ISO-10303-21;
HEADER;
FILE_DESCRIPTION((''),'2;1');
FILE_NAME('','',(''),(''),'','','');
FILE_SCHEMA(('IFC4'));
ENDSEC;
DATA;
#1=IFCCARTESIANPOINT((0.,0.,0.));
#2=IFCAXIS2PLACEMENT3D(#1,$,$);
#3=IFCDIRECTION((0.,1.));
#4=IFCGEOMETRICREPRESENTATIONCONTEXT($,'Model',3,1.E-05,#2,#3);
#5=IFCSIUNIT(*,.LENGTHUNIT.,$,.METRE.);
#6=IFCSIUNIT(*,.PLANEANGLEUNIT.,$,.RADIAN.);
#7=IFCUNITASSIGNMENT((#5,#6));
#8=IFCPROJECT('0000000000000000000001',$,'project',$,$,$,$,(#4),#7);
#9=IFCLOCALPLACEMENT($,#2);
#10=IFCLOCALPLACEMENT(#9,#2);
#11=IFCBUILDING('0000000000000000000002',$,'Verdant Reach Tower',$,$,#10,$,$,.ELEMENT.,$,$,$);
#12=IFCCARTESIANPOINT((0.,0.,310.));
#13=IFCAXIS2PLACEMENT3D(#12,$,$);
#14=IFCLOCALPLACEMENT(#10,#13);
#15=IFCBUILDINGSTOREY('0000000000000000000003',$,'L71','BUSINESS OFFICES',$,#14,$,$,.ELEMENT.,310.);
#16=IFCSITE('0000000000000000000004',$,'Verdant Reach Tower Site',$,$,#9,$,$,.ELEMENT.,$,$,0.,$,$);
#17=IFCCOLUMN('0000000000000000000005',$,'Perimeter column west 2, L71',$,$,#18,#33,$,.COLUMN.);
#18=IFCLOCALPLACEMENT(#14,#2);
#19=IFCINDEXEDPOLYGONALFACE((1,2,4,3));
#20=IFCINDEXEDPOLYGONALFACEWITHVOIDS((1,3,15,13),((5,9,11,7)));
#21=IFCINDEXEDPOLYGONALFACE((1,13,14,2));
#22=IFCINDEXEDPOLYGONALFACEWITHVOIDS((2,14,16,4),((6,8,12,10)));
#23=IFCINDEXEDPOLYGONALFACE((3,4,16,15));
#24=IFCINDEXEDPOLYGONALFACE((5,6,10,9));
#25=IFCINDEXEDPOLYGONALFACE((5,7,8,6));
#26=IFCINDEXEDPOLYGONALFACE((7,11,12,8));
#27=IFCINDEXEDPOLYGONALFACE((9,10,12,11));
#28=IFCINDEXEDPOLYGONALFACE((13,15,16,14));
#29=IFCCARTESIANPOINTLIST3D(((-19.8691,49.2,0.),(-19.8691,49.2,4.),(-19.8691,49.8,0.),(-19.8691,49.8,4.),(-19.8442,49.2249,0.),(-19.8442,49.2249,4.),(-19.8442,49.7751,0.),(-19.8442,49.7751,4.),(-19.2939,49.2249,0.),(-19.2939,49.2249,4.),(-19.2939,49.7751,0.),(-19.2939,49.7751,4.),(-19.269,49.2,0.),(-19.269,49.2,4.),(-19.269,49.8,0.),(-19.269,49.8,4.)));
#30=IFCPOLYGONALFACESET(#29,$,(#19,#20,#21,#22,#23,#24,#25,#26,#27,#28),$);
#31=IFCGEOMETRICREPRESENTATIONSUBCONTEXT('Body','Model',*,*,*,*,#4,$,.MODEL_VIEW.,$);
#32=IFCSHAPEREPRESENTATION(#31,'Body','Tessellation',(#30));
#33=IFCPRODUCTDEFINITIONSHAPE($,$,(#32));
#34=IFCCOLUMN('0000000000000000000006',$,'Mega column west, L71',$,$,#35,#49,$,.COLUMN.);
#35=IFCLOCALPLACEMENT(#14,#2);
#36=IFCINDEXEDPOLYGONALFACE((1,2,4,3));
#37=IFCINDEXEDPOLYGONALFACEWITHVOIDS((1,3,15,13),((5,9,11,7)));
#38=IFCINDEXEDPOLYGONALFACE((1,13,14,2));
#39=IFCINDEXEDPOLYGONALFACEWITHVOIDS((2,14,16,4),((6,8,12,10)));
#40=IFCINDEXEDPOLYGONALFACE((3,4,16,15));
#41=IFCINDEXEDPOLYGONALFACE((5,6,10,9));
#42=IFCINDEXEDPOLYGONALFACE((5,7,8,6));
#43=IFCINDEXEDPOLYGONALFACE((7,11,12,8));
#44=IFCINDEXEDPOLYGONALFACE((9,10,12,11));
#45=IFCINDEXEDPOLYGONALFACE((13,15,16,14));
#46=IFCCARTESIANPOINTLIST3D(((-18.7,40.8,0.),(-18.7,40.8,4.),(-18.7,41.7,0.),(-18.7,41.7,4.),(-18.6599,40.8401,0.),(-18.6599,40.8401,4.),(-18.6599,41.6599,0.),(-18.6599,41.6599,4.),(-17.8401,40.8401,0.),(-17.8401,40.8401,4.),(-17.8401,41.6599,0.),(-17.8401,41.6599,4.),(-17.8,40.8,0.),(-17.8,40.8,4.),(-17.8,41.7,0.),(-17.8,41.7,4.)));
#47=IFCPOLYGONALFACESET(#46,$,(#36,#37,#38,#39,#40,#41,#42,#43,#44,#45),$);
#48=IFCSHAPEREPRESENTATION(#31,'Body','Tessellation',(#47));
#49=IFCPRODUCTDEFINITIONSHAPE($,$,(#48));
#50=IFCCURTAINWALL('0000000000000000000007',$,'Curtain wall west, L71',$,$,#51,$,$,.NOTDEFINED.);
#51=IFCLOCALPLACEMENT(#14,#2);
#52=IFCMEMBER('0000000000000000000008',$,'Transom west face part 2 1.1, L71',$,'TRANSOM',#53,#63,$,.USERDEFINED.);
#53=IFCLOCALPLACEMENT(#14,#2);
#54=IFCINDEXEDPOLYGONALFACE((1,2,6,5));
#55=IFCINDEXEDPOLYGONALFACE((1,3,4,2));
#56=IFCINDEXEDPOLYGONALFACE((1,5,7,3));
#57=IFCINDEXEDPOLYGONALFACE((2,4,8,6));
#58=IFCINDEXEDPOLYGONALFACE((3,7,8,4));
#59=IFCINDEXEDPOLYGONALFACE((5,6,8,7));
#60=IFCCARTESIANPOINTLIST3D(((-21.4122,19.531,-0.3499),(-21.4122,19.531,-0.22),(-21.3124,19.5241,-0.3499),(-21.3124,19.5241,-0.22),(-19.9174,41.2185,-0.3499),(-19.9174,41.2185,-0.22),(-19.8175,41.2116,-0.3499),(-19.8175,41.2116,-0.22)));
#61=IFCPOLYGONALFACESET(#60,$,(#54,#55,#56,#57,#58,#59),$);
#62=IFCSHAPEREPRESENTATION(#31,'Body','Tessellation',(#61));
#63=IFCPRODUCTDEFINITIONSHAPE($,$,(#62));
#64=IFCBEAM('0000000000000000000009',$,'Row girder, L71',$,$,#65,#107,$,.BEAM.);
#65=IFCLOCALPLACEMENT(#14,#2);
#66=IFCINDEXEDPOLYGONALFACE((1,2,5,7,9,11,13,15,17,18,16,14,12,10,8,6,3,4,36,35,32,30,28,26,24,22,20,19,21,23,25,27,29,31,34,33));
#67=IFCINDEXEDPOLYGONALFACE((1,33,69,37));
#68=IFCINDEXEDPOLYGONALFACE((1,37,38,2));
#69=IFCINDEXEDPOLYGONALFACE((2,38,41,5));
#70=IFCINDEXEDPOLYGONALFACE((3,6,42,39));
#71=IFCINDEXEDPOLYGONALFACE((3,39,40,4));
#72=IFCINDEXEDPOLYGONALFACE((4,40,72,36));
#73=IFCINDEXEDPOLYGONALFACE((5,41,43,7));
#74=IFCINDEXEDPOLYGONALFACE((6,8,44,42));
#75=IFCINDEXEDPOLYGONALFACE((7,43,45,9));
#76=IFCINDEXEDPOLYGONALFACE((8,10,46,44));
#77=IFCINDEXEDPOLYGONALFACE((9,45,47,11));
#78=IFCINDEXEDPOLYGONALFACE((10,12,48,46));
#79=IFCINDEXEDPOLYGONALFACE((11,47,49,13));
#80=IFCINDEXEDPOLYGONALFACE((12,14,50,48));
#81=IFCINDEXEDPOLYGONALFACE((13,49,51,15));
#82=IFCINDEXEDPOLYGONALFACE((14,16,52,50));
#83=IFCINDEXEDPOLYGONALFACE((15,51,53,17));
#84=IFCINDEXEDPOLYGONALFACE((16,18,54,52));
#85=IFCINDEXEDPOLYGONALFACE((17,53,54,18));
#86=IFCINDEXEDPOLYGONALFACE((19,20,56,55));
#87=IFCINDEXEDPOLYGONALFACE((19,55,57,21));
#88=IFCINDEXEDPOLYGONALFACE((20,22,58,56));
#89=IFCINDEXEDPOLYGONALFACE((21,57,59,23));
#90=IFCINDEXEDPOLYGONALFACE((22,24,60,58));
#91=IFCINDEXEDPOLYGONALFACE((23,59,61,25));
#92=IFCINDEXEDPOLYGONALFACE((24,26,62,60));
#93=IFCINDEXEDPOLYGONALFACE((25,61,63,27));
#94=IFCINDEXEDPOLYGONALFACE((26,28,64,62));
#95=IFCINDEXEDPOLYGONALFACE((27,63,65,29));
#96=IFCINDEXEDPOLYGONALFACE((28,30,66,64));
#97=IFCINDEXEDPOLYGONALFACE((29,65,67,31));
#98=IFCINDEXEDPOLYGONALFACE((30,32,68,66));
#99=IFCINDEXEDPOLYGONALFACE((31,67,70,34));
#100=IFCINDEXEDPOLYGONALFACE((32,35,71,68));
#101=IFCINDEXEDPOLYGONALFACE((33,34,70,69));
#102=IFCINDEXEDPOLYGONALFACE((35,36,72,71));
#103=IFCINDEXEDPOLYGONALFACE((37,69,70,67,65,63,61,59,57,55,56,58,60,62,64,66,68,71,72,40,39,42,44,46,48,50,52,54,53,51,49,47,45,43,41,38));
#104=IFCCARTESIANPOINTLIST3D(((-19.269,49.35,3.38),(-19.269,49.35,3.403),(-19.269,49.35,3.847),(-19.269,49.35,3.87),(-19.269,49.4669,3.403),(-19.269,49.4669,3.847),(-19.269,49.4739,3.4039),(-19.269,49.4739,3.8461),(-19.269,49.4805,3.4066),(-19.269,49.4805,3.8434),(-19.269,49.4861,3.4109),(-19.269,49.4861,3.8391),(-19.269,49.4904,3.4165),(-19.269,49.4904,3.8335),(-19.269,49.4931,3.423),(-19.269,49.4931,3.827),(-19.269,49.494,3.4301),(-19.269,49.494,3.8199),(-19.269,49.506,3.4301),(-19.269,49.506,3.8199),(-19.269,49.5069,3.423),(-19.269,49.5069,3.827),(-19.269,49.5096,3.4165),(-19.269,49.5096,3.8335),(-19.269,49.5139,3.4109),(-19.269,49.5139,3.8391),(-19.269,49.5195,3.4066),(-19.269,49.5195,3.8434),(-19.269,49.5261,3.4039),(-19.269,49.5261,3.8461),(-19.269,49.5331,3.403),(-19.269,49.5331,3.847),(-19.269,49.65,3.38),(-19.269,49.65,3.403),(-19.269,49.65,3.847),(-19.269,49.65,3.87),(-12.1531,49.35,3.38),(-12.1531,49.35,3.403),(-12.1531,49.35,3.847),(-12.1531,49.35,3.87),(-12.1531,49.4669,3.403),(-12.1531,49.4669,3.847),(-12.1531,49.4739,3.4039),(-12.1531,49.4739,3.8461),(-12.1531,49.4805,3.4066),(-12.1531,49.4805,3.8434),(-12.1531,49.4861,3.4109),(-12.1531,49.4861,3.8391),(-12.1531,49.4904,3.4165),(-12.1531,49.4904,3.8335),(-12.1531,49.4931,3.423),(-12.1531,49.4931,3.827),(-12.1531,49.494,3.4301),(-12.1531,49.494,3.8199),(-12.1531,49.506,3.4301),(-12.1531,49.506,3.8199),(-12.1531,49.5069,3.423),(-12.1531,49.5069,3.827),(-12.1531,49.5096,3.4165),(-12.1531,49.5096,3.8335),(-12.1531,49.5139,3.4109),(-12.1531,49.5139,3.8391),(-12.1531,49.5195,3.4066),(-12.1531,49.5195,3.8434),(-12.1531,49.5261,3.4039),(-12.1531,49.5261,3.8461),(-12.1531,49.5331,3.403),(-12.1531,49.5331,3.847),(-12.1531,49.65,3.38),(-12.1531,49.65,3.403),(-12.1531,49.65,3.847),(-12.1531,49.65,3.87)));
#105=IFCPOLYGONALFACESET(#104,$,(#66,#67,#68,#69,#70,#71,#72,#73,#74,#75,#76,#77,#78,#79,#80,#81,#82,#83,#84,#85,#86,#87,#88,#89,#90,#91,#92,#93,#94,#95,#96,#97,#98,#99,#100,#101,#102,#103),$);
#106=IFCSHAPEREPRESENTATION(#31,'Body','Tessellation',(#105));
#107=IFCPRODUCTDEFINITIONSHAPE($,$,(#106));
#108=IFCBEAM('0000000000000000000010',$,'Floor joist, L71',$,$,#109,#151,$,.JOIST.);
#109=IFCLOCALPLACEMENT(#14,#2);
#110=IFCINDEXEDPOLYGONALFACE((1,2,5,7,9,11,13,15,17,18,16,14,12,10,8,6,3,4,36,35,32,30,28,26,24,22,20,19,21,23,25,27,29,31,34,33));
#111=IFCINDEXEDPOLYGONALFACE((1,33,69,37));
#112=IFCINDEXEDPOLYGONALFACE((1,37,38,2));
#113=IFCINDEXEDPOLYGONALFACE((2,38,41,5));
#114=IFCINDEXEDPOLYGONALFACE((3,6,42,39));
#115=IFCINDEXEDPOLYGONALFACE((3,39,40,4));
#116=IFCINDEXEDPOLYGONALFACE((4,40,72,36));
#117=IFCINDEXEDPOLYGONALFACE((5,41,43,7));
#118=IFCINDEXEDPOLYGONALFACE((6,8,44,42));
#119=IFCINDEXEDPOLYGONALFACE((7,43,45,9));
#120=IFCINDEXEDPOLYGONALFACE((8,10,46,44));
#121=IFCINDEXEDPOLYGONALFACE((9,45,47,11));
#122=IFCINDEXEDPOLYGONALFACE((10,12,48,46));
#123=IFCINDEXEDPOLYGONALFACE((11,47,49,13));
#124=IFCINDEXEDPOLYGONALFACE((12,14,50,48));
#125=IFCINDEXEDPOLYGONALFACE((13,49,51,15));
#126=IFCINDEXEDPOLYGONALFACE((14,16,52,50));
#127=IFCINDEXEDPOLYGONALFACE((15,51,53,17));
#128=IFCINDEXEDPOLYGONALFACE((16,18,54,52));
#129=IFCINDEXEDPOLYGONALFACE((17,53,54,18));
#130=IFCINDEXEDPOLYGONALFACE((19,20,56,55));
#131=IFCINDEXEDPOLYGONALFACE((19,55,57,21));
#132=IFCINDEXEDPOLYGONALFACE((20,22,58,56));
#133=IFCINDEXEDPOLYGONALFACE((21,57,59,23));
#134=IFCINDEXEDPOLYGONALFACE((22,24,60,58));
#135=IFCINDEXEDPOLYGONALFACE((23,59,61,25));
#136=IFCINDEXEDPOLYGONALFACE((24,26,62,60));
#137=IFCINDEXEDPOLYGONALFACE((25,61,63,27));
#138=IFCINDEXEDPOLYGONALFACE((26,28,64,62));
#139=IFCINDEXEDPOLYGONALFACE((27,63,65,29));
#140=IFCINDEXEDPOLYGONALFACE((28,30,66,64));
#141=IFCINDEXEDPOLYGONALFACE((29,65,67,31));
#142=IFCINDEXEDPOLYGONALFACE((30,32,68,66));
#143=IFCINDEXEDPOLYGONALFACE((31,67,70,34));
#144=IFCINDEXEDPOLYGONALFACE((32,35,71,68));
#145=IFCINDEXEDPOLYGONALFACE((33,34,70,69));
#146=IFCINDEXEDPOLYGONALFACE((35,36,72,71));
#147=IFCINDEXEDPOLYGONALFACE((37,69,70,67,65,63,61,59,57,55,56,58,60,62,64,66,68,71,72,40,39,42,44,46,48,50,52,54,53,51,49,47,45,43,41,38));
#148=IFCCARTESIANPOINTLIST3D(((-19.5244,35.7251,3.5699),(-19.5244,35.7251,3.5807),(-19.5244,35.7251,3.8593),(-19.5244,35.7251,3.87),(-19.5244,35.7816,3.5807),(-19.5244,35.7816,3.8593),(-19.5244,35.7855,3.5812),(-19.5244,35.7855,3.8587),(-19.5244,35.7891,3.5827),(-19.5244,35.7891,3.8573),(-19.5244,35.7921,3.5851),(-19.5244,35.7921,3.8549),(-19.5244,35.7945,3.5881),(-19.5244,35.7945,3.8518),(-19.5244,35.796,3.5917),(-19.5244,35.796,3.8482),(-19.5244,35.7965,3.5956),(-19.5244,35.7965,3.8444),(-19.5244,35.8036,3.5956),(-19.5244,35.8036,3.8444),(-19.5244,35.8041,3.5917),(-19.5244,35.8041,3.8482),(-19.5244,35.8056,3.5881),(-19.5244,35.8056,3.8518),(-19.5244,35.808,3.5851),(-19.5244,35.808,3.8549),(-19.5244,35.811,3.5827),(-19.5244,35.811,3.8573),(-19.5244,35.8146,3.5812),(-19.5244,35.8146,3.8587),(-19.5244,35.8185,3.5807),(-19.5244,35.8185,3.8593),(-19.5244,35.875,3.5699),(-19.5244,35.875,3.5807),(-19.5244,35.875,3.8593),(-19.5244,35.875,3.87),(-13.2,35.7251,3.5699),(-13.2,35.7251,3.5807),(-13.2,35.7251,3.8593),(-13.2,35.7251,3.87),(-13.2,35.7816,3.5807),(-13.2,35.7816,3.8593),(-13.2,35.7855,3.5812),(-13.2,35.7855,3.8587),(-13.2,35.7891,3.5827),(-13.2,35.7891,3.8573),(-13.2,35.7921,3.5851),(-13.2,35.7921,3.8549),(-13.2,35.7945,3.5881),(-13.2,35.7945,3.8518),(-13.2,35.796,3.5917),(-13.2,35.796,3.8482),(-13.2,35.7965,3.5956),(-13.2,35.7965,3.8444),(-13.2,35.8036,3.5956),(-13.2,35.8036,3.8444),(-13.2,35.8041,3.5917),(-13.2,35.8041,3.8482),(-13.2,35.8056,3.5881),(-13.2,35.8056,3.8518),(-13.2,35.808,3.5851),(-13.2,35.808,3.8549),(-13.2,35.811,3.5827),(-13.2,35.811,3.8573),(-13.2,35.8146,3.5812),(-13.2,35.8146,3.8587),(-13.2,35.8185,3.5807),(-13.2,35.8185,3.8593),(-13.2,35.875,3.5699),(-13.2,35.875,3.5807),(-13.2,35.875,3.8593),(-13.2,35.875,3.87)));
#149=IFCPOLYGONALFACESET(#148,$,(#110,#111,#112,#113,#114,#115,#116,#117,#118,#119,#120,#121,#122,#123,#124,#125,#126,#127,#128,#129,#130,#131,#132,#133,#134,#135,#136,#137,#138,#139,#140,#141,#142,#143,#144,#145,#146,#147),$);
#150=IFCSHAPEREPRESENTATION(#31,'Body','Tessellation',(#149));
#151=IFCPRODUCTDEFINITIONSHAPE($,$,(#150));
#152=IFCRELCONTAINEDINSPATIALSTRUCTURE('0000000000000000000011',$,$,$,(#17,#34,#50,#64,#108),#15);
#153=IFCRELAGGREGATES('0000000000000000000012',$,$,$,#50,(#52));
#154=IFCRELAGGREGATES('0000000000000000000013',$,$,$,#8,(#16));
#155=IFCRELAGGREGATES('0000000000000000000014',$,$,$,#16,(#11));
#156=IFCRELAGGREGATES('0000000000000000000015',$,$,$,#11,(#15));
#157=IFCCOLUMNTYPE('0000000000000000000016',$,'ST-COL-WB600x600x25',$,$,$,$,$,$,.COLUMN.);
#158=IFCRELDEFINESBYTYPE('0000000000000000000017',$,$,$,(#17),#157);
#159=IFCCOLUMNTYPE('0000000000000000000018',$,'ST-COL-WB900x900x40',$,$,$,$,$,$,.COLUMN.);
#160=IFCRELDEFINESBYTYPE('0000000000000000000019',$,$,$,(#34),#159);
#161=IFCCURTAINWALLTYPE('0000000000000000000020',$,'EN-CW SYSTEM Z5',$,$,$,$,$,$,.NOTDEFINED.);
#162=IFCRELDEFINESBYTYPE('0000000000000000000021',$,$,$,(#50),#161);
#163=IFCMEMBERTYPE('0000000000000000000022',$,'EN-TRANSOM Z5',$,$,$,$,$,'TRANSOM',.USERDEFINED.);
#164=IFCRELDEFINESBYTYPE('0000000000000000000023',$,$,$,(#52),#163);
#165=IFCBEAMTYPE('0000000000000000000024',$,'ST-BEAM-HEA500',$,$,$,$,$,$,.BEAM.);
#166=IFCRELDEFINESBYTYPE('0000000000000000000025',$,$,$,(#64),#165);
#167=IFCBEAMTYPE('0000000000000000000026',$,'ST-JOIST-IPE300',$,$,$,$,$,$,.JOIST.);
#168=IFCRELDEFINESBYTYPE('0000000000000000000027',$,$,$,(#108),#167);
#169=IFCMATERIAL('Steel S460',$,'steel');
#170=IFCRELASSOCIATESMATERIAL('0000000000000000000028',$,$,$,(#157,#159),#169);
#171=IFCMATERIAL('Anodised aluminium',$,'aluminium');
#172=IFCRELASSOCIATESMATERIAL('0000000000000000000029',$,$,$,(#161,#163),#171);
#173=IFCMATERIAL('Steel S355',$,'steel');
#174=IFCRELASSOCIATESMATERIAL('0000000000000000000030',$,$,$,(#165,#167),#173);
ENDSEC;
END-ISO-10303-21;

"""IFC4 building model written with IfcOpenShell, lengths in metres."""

from ifc_helpers import new_model, si_unit, direction, frame, origin, origin_2d, place, context, subcontext, project, spatial, rectangle, hollow_rectangle, i_section, extrude, material, material_profile, profile_set, type_object, element, aggregate, save


model = new_model("IFC4")

# Units and contexts
model_context = context("Model", 3, precision=1e-05, world=origin(), true_north=direction((0.0, 1.0)))
body_context = subcontext(model_context, "Body", "Model", "MODEL_VIEW")
ifc_project = project(units=[si_unit("LENGTHUNIT", "METRE"), si_unit("PLANEANGLEUNIT", "RADIAN")], contexts=[model_context])

# Site, building, storey
site_placement = place(None, origin())
site = spatial("IfcSite", under=ifc_project, at=site_placement, Name="Verdant Reach Tower Site", CompositionType="ELEMENT", RefElevation=0.0)
building_placement = place(site_placement, origin())
building = spatial("IfcBuilding", under=site, at=building_placement, Name="Verdant Reach Tower", CompositionType="ELEMENT")
storey_placement = place(building_placement, frame((0.0, 0.0, 310.0)))
storey = spatial("IfcBuildingStorey", under=building, at=storey_placement, Name="L71", Description="BUSINESS OFFICES", CompositionType="ELEMENT", Elevation=310.0)

# Columns
ifc_material_1 = material(Name="Steel S460", Category="steel")
ifc_material_profile_1 = material_profile(ifc_material_1, hollow_rectangle(XDim=0.6001, YDim=0.6001, WallThickness=0.0249, at=origin_2d()), Name="WB 600x600x25")
ifc_profile_set_1 = profile_set([ifc_material_profile_1], Name="Steel S460")
column_type_1 = type_object("IfcColumnType", Name="ST-COL-WB600x600x25", PredefinedType="COLUMN", material=ifc_profile_set_1)
column_1_placement = place(storey_placement, frame((-19.5691, 49.5, 0.0), z_axis=(0.0, 0.0, 1.0), x_axis=(1.0, 0.0, 0.0)))
element("IfcColumn", 1, at=column_1_placement, inside=storey, type_object=column_type_1, Name="Perimeter column west 2, L71", PredefinedType="COLUMN", context=body_context, shape_type="SweptSolid", body=[
    extrude(hollow_rectangle(XDim=0.6001, YDim=0.6001, WallThickness=0.0249, at=origin_2d()), origin(), (0.0, 0.0, 1.0), 4.0),
])
ifc_material_profile_2 = material_profile(ifc_material_1, hollow_rectangle(XDim=0.8999, YDim=0.8999, WallThickness=0.04, at=origin_2d()), Name="WB 900x900x40")
ifc_profile_set_2 = profile_set([ifc_material_profile_2], Name="Steel S460")
column_type_2 = type_object("IfcColumnType", Name="ST-COL-WB900x900x40", PredefinedType="COLUMN", material=ifc_profile_set_2)
column_2_placement = place(storey_placement, frame((-18.25, 41.25, 0.0), z_axis=(0.0, 0.0, 1.0), x_axis=(1.0, 0.0, 0.0)))
element("IfcColumn", 2, at=column_2_placement, inside=storey, type_object=column_type_2, Name="Mega column west, L71", PredefinedType="COLUMN", context=body_context, shape_type="SweptSolid", body=[
    extrude(hollow_rectangle(XDim=0.8999, YDim=0.8999, WallThickness=0.04, at=origin_2d()), origin(), (0.0, 0.0, 1.0), 4.0),
])

# Curtain wall, member
ifc_material_2 = material(Name="Anodised aluminium", Category="aluminium")
curtain_wall_type = type_object("IfcCurtainWallType", Name="EN-CW SYSTEM Z5", PredefinedType="NOTDEFINED", material=ifc_material_2)
curtain_wall_placement = place(storey_placement, origin())
curtain_wall = element("IfcCurtainWall", 3, at=curtain_wall_placement, inside=storey, type_object=curtain_wall_type, Name="Curtain wall west, L71", PredefinedType="NOTDEFINED")
ifc_material_profile_3 = material_profile(ifc_material_2, rectangle(XDim=0.1001, YDim=0.1299, at=origin_2d()), Name="Transom 130x100")
ifc_profile_set_3 = profile_set([ifc_material_profile_3], Name="Anodised aluminium")
member_type = type_object("IfcMemberType", Name="EN-TRANSOM Z5", ElementType="TRANSOM", PredefinedType="USERDEFINED", material=ifc_profile_set_3)
member_placement = place(storey_placement, frame((-19.8674, 41.2151, -0.2849), z_axis=(-0.068765, -0.997633, 0.0), x_axis=(0.997633, -0.068765, 0.0)))
member = element("IfcMember", 4, at=member_placement, type_object=member_type, Name="Transom west face part 2 1.1, L71", ObjectType="TRANSOM", PredefinedType="USERDEFINED", context=body_context, shape_type="SweptSolid", body=[
    extrude(rectangle(XDim=0.1001, YDim=0.1299, at=origin_2d()), origin(), (0.0, 0.0, 1.0), 21.739),
])

# Beams
ifc_material_3 = material(Name="Steel S355", Category="steel")
ifc_material_profile_4 = material_profile(ifc_material_3, i_section(OverallWidth=0.3, OverallDepth=0.49, WebThickness=0.012, FlangeThickness=0.0229, FilletRadius=0.0271, at=origin_2d()), Name="HEA 500")
ifc_profile_set_4 = profile_set([ifc_material_profile_4], Name="Steel S355")
beam_type_1 = type_object("IfcBeamType", Name="ST-BEAM-HEA500", PredefinedType="BEAM", material=ifc_profile_set_4)
beam_1_placement = place(storey_placement, frame((-19.269, 49.5, 3.625), z_axis=(1.0, 0.0, 0.0), x_axis=(0.0, 1.0, 0.0)))
element("IfcBeam", 5, at=beam_1_placement, inside=storey, type_object=beam_type_1, Name="Row girder, L71", PredefinedType="BEAM", context=body_context, shape_type="SweptSolid", body=[
    extrude(i_section(OverallWidth=0.3, OverallDepth=0.49, WebThickness=0.012, FlangeThickness=0.0229, FilletRadius=0.0271, at=origin_2d()), origin(), (0.0, 0.0, 1.0), 7.116),
])
ifc_material_profile_5 = material_profile(ifc_material_3, i_section(OverallWidth=0.1499, OverallDepth=0.3, WebThickness=0.0071, FlangeThickness=0.0107, FilletRadius=0.0149, at=origin_2d()), Name="IPE 300")
ifc_profile_set_5 = profile_set([ifc_material_profile_5], Name="Steel S355")
beam_type_2 = type_object("IfcBeamType", Name="ST-JOIST-IPE300", PredefinedType="JOIST", material=ifc_profile_set_5)
beam_2_placement = place(storey_placement, frame((-13.2, 35.8, 3.72), z_axis=(-1.0, 0.0, 0.0), x_axis=(0.0, -1.0, 0.0)))
element("IfcBeam", 6, at=beam_2_placement, inside=storey, type_object=beam_type_2, Name="Floor joist, L71", PredefinedType="JOIST", context=body_context, shape_type="SweptSolid", body=[
    extrude(i_section(OverallWidth=0.1499, OverallDepth=0.3, WebThickness=0.0071, FlangeThickness=0.0107, FilletRadius=0.0149, at=origin_2d()), origin(), (0.0, 0.0, 1.0), 6.3245),
])

aggregate(curtain_wall, [member])

save(model, "model.ifc")
